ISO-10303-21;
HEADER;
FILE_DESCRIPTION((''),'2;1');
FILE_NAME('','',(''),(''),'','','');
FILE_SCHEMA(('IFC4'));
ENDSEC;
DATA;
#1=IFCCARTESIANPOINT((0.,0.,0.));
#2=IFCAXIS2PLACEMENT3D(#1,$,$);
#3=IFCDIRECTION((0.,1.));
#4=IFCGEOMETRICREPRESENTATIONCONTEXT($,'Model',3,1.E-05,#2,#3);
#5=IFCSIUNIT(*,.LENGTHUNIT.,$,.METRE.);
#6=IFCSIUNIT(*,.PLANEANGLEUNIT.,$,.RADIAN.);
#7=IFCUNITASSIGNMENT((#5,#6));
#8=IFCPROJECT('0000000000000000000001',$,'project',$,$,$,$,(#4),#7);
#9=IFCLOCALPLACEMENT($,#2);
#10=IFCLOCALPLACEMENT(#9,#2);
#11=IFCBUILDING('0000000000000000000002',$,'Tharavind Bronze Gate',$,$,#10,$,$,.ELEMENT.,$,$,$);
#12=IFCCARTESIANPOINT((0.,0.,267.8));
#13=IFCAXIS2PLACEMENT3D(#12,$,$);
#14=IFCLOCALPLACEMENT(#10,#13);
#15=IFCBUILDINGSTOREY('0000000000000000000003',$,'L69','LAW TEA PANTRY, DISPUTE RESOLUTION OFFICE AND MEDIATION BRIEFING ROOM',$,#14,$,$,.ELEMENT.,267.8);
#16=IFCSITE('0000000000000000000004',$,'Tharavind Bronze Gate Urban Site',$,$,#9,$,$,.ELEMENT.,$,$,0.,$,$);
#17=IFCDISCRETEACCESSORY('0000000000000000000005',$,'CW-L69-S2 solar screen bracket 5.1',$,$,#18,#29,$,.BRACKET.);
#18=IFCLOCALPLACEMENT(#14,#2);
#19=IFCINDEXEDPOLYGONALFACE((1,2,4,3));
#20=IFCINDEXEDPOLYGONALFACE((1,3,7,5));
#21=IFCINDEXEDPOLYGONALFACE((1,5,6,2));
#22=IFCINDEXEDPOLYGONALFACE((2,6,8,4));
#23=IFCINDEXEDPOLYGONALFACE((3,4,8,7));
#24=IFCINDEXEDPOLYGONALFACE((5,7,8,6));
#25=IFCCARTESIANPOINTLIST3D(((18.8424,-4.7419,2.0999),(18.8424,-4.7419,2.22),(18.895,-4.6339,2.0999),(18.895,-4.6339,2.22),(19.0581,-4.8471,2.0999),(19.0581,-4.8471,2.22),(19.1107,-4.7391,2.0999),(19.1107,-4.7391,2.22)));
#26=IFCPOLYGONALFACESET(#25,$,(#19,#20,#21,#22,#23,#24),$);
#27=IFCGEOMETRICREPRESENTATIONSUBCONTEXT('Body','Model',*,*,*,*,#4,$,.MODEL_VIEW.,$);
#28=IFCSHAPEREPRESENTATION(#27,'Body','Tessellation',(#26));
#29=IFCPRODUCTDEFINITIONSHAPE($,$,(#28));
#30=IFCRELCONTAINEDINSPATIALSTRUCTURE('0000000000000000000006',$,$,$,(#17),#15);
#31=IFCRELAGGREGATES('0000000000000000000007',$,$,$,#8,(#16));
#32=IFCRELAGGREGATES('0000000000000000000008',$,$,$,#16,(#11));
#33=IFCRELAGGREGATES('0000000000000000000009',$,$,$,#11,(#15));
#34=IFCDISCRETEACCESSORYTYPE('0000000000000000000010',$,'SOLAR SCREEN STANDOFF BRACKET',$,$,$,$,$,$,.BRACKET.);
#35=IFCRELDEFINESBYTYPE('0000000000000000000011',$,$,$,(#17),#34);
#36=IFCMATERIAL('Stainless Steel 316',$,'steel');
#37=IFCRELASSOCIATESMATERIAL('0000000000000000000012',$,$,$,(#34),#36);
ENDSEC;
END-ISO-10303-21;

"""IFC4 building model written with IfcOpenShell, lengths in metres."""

from ifc_helpers import new_model, si_unit, direction, frame, origin, origin_2d, place, context, subcontext, project, spatial, rectangle, extrude, material, type_object, element, save


model = new_model("IFC4")

# Units and contexts
model_context = context("Model", 3, precision=1e-05, world=origin(), true_north=direction((0.0, 1.0)))
body_context = subcontext(model_context, "Body", "Model", "MODEL_VIEW")
ifc_project = project(units=[si_unit("LENGTHUNIT", "METRE"), si_unit("PLANEANGLEUNIT", "RADIAN")], contexts=[model_context])

# Site, building, storey
site_placement = place(None, origin())
site = spatial("IfcSite", under=ifc_project, at=site_placement, Name="Tharavind Bronze Gate Urban Site", CompositionType="ELEMENT", RefElevation=0.0)
building_placement = place(site_placement, origin())
building = spatial("IfcBuilding", under=site, at=building_placement, Name="Tharavind Bronze Gate", CompositionType="ELEMENT")
storey_placement = place(building_placement, frame((0.0, 0.0, 267.8)))
storey = spatial("IfcBuildingStorey", under=building, at=storey_placement, Name="L69", Description="LAW TEA PANTRY, DISPUTE RESOLUTION OFFICE AND MEDIATION BRIEFING ROOM", CompositionType="ELEMENT", Elevation=267.8)

# Discrete accessory
ifc_material_1 = material(Name="Stainless Steel 316", Category="steel")
discrete_accessory_type = type_object("IfcDiscreteAccessoryType", Name="SOLAR SCREEN STANDOFF BRACKET", PredefinedType="BRACKET", material=ifc_material_1)
discrete_accessory_placement = place(storey_placement, frame((18.9766, -4.7405, 2.0999), z_axis=(0.0, 0.0, 1.0), x_axis=(0.438373, 0.898793, 0.0)))
element("IfcDiscreteAccessory", 1, at=discrete_accessory_placement, inside=storey, type_object=discrete_accessory_type, Name="CW-L69-S2 solar screen bracket 5.1", PredefinedType="BRACKET", context=body_context, shape_type="SweptSolid", body=[
    extrude(rectangle(XDim=0.1201, YDim=0.24, at=origin_2d()), origin(), (0.0, 0.0, 1.0), 0.1201),
])

save(model, "model.ifc")
